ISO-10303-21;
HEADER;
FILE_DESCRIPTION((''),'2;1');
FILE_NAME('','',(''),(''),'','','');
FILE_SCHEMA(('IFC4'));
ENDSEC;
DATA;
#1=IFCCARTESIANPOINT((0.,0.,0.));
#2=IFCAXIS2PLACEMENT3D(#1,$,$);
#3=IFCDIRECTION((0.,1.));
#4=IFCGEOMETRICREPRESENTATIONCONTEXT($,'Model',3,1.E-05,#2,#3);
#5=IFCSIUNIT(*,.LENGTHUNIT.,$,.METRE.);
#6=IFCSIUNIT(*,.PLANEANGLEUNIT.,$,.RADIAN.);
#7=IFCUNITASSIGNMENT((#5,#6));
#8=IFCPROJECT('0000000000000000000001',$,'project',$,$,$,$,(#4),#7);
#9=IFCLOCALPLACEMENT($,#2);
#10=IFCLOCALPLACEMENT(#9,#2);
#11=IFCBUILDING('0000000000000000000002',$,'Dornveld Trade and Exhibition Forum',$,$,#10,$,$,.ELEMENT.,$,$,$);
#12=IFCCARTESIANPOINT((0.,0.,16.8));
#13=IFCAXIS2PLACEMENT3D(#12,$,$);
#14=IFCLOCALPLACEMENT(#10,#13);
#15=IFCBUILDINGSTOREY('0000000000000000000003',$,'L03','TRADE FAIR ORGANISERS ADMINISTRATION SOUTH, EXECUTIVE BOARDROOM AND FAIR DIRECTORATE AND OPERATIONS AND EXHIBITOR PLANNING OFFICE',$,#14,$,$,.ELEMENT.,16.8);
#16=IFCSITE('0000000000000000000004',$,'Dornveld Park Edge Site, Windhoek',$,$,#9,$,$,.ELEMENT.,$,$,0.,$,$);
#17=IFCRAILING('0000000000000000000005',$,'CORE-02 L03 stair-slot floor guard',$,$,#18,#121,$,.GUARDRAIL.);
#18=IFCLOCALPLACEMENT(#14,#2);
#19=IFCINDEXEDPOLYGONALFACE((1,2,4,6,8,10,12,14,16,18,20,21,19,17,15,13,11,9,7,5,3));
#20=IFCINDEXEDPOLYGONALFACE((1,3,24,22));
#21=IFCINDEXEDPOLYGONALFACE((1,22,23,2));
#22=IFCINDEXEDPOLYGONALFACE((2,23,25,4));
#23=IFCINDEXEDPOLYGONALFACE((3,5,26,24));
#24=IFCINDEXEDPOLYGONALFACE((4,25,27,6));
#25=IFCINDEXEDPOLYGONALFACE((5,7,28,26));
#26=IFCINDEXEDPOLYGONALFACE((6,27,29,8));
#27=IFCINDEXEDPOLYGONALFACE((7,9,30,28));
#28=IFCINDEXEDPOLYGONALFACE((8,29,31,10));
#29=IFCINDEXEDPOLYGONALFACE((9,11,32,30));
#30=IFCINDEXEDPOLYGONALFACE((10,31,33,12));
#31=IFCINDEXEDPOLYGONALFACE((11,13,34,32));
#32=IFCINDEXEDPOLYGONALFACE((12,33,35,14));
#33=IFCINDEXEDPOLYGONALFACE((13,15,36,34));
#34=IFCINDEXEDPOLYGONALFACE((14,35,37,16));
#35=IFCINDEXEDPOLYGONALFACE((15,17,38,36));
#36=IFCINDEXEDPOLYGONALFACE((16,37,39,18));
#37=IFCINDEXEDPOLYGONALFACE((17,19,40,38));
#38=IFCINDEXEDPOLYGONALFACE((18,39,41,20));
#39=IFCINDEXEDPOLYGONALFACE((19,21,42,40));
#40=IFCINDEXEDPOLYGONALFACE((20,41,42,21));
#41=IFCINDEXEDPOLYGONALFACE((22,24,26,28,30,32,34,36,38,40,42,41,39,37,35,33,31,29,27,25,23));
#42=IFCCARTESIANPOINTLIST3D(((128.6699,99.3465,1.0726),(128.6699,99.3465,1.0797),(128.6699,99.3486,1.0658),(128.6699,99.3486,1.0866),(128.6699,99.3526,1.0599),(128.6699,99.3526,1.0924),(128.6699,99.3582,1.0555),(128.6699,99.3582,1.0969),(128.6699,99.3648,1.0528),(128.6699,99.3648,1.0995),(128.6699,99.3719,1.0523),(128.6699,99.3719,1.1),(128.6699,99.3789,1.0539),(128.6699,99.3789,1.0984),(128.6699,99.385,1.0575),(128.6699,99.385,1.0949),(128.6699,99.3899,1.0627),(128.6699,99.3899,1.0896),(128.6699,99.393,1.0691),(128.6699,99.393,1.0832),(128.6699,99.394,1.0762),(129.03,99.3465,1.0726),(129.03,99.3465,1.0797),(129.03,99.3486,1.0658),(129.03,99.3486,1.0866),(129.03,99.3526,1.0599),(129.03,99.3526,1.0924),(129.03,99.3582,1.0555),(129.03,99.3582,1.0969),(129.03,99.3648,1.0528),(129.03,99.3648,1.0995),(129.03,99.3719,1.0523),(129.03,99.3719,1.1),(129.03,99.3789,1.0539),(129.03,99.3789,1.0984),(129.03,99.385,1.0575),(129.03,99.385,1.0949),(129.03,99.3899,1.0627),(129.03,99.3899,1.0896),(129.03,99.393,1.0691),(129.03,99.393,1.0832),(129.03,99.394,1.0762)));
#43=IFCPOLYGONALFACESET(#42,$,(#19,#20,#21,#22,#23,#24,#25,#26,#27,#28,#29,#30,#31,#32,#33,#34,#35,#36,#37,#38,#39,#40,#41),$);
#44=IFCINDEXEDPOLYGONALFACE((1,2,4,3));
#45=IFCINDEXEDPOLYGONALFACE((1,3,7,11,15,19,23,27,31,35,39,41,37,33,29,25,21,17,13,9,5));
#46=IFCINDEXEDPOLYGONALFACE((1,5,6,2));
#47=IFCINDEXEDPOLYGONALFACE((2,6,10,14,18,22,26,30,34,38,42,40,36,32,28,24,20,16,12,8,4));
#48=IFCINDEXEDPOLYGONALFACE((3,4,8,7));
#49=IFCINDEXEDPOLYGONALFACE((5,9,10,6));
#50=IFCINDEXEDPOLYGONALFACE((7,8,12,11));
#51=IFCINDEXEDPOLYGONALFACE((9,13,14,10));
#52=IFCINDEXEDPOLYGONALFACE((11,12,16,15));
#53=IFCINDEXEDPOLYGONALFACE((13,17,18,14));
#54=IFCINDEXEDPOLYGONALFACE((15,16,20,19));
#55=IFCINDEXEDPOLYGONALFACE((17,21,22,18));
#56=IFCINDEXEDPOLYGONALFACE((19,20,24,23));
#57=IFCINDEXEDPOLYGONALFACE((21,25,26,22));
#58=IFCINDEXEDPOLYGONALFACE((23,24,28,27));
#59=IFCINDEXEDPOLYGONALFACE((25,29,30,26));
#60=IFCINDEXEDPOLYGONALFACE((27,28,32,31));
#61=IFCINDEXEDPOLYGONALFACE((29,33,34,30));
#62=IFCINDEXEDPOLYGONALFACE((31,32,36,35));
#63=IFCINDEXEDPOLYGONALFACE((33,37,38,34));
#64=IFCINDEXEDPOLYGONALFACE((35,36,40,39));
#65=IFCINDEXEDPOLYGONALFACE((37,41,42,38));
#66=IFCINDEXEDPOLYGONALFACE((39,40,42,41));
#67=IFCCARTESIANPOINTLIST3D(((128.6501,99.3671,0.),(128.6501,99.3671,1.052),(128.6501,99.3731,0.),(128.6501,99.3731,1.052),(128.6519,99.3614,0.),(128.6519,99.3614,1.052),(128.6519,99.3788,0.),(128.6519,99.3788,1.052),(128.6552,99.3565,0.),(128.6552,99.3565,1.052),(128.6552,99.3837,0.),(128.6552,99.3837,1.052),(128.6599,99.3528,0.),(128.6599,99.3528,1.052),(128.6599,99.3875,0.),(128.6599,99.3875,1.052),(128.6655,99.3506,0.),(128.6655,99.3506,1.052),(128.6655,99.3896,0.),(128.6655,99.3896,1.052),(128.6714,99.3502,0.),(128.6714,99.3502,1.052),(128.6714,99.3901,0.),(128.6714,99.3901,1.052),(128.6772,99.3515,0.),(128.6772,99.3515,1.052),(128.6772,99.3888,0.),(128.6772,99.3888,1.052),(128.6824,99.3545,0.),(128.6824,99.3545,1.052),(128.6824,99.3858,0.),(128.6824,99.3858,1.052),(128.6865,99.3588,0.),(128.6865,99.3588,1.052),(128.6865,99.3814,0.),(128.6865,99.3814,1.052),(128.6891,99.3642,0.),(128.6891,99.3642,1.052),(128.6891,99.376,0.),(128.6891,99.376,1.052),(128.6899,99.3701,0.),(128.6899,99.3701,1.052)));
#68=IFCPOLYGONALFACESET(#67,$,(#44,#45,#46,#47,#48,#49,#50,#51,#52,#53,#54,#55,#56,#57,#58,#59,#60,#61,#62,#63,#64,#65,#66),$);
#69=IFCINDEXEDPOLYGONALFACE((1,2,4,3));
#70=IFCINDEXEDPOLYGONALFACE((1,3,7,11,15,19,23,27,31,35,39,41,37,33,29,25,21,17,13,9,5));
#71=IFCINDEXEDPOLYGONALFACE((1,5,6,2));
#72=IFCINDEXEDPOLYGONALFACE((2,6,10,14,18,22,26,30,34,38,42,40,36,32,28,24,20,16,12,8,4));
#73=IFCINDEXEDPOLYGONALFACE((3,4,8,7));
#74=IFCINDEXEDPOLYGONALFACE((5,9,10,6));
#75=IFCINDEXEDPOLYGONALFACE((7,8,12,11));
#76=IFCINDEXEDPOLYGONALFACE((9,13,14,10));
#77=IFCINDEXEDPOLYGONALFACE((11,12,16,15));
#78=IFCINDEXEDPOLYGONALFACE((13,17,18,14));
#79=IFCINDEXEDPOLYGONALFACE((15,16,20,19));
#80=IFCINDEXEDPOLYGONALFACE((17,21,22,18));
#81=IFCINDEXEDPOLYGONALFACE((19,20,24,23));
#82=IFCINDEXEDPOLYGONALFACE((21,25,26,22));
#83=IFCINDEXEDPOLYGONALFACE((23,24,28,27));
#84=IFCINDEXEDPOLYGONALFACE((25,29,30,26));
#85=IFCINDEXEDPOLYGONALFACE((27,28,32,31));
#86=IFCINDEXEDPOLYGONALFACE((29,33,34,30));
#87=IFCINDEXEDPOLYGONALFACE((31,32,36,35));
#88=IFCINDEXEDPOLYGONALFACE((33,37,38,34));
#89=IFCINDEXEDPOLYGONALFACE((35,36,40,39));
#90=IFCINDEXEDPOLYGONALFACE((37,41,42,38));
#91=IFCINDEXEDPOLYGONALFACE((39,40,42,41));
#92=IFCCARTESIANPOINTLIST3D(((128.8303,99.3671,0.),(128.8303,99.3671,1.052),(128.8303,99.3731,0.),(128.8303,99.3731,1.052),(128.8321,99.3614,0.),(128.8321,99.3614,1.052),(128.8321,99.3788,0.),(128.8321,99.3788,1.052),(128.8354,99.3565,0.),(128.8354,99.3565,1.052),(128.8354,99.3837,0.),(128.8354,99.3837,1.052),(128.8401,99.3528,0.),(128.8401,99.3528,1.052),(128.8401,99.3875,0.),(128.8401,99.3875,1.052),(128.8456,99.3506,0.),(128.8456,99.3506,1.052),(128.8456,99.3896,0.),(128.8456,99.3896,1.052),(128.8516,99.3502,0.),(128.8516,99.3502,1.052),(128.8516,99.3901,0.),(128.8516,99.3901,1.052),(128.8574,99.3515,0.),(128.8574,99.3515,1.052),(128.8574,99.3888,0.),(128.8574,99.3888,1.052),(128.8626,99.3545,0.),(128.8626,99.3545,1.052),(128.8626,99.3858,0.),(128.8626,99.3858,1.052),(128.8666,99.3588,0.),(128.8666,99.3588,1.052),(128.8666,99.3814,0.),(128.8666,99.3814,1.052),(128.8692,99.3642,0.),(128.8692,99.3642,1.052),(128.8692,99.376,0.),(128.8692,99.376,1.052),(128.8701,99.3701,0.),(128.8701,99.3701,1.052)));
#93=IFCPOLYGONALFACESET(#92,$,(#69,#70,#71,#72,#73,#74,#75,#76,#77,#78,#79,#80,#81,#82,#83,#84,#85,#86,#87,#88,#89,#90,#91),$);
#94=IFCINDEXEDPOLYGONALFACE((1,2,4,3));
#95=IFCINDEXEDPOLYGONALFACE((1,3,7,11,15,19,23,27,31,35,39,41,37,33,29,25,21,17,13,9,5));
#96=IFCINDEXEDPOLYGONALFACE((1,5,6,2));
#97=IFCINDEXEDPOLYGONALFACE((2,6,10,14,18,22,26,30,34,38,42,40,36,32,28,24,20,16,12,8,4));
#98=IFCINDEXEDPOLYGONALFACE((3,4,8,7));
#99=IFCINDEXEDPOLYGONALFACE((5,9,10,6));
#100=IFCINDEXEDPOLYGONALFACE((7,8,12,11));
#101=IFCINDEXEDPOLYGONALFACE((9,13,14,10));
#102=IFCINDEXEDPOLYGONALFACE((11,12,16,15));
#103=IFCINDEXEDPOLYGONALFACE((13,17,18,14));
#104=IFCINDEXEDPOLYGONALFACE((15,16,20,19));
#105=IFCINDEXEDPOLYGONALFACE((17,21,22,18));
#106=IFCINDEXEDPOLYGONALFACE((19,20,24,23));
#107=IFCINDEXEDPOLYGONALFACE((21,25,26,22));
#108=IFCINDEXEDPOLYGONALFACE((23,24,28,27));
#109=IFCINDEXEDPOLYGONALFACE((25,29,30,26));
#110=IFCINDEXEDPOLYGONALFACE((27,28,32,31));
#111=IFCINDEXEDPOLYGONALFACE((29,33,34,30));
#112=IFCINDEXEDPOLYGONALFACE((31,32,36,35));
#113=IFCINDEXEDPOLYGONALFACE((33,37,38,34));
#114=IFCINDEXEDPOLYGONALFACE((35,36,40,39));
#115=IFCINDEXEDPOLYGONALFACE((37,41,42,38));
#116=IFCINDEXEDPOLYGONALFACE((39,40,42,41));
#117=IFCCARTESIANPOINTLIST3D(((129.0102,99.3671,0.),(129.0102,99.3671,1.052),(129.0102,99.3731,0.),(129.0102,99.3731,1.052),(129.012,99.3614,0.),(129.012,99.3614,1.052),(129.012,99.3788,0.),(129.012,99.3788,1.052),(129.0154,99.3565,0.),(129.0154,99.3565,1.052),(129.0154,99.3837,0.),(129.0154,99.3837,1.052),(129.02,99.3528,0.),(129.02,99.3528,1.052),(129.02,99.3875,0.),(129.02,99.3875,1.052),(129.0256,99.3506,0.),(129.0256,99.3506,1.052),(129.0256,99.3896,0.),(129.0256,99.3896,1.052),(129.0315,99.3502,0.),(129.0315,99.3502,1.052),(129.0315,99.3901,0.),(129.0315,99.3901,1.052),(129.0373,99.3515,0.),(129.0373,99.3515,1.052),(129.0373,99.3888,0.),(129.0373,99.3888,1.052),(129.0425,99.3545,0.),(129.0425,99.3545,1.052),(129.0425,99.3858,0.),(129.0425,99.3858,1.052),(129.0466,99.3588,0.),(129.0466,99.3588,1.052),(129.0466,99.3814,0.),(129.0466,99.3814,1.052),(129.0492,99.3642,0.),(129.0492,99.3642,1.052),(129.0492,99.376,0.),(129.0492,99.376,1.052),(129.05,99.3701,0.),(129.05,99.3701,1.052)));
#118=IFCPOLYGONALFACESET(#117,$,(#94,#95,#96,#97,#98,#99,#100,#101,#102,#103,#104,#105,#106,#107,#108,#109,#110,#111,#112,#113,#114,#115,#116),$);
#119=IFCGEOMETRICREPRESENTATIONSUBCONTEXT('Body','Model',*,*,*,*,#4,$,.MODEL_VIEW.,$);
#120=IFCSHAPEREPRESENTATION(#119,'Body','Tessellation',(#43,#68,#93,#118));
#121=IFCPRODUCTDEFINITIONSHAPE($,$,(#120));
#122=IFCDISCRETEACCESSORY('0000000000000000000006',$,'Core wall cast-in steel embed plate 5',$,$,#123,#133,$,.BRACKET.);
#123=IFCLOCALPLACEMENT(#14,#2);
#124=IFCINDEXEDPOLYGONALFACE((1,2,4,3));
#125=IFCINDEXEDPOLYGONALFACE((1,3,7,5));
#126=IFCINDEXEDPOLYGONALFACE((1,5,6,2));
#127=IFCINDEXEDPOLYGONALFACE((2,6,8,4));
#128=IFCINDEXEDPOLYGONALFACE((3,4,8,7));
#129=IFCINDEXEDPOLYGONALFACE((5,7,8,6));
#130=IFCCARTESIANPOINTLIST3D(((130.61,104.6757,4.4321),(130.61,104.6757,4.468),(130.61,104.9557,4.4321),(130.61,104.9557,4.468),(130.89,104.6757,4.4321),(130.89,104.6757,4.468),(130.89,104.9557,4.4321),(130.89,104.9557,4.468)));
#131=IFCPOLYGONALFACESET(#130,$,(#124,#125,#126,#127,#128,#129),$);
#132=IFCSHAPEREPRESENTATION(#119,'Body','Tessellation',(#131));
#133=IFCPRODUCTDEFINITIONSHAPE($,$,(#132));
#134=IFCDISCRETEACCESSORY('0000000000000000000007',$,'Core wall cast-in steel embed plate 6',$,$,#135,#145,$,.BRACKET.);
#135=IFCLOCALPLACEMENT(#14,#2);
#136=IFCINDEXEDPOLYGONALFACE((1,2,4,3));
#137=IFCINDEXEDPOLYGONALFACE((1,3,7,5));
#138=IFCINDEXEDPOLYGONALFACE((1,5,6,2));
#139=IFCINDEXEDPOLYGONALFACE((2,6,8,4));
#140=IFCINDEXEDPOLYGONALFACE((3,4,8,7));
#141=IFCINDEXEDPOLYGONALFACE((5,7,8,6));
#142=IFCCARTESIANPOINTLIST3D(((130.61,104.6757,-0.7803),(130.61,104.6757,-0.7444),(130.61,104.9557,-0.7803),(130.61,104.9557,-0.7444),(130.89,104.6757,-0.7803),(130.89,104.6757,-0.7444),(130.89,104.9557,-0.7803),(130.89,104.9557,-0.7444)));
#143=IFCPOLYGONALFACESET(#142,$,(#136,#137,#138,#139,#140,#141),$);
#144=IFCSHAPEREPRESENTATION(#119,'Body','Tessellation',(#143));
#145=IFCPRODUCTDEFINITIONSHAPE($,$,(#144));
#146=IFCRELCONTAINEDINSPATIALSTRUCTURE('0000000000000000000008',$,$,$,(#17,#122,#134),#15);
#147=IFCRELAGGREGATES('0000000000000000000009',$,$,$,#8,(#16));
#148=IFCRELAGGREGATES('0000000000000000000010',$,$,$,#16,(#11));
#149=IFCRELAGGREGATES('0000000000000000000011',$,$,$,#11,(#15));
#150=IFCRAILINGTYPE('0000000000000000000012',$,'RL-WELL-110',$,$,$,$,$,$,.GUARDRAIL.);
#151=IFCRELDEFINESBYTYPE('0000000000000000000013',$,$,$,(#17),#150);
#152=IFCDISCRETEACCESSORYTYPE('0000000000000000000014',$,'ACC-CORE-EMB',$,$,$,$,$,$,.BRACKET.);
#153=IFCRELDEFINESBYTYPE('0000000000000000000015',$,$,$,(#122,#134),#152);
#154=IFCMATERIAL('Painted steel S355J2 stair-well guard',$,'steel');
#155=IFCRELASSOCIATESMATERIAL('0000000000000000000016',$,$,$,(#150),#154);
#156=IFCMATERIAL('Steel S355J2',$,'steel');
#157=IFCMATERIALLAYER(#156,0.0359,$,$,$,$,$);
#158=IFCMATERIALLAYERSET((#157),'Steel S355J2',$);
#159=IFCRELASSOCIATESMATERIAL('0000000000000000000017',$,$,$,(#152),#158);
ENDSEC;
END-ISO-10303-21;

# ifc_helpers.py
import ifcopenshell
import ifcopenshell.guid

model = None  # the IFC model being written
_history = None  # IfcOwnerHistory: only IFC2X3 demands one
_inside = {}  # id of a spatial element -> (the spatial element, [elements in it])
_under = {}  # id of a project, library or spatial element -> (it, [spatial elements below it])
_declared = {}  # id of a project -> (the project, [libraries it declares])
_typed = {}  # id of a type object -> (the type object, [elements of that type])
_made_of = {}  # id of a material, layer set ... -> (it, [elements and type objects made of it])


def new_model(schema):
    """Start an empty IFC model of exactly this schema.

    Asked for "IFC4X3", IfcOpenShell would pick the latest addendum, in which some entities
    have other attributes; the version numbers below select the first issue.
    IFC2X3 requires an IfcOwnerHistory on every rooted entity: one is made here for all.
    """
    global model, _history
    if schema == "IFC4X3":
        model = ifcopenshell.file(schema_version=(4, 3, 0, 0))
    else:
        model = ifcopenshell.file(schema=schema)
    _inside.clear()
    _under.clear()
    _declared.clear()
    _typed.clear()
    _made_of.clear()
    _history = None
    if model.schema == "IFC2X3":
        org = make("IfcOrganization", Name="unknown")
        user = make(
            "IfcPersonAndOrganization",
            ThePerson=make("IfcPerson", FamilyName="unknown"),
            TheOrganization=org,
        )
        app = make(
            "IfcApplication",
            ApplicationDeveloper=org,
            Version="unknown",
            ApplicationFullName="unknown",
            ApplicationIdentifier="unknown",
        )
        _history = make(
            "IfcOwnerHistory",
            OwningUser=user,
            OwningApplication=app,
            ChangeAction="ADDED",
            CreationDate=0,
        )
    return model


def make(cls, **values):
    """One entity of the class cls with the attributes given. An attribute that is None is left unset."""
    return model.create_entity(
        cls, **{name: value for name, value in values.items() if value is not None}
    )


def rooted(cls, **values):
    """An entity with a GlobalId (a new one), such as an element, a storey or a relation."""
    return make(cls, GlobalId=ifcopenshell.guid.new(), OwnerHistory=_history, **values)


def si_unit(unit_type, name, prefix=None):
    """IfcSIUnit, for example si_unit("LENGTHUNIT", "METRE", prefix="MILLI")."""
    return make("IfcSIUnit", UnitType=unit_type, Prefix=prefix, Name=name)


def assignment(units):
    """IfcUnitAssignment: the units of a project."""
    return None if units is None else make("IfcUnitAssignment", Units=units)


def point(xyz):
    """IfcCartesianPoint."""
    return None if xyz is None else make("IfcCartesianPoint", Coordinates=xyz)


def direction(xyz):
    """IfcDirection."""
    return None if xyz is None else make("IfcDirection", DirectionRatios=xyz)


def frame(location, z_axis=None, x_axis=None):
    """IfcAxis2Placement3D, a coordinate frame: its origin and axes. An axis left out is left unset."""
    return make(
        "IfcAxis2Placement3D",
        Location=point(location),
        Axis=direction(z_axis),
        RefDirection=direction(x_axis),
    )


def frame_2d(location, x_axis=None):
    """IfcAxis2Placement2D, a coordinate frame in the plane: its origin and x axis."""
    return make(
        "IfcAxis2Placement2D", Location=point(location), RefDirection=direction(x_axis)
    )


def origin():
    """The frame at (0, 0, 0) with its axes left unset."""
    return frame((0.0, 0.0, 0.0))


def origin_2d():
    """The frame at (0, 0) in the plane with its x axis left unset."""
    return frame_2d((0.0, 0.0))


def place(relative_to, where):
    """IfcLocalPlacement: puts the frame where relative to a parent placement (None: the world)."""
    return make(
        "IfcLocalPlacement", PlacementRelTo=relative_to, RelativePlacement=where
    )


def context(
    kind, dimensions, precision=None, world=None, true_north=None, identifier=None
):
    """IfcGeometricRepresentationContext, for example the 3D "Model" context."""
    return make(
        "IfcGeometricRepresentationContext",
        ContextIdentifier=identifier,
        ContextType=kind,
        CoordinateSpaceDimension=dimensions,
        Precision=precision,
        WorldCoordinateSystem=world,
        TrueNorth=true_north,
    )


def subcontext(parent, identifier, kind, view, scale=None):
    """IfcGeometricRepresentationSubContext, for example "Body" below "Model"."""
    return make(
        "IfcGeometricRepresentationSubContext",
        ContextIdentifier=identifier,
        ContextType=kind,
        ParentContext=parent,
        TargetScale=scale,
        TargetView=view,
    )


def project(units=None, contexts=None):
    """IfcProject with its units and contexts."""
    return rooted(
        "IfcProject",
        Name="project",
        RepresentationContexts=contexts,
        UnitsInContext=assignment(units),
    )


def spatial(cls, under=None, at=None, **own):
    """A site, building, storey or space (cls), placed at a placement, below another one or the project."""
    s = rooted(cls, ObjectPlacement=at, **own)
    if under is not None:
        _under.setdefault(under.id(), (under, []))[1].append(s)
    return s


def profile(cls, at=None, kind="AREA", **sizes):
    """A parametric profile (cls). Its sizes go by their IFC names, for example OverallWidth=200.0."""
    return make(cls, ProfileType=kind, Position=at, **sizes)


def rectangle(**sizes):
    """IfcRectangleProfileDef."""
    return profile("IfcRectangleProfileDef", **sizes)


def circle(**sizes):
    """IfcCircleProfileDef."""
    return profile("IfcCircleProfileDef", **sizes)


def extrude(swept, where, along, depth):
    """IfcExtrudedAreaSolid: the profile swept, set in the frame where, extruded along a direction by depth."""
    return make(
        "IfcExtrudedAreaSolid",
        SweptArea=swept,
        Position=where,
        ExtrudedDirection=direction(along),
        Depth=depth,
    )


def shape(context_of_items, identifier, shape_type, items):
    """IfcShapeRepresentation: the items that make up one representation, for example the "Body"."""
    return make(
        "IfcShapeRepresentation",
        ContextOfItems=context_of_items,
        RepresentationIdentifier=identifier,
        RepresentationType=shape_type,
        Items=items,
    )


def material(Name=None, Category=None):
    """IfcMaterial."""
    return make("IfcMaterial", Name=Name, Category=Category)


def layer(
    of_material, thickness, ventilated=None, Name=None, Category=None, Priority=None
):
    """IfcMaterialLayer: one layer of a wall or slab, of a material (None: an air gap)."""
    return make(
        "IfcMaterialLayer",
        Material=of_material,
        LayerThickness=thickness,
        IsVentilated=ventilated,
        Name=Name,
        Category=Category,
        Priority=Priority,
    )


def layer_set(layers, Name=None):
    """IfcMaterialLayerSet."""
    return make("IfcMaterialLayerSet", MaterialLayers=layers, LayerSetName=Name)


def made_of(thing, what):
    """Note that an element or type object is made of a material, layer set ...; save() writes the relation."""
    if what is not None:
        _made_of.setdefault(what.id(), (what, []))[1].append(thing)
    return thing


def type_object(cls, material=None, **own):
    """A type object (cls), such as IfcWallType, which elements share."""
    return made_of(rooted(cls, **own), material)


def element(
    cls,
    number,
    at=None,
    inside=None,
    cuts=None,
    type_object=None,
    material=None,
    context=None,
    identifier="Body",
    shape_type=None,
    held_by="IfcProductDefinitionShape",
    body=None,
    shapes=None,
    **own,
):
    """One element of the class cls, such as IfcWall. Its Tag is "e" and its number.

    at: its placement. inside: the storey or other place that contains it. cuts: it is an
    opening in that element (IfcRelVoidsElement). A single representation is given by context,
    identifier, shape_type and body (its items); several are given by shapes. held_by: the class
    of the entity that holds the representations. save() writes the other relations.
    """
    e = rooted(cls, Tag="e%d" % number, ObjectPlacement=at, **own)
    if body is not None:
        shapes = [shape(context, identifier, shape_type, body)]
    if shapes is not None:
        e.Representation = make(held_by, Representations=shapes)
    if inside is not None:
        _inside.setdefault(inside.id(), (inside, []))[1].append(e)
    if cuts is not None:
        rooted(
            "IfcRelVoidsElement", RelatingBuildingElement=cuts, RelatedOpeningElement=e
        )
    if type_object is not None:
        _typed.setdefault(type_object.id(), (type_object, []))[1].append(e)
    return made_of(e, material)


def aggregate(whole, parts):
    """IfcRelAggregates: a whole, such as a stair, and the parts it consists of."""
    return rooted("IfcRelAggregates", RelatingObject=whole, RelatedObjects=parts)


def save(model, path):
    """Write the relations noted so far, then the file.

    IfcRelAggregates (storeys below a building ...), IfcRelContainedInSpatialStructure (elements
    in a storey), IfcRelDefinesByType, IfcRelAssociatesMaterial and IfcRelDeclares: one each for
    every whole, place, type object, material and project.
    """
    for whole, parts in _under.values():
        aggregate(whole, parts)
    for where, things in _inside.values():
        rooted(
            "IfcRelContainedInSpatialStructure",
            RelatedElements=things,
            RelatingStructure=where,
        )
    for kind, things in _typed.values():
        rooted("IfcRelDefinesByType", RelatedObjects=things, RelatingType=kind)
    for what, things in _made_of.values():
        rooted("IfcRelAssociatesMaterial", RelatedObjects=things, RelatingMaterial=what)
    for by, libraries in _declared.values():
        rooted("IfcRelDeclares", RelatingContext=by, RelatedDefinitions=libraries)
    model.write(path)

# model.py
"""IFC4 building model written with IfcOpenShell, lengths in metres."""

from ifc_helpers import new_model, si_unit, direction, frame, origin, origin_2d, place, context, subcontext, project, spatial, rectangle, circle, extrude, material, layer, layer_set, type_object, element, save


model = new_model("IFC4")

# Units and contexts
model_context = context("Model", 3, precision=1e-05, world=origin(), true_north=direction((0.0, 1.0)))
body_context = subcontext(model_context, "Body", "Model", "MODEL_VIEW")
ifc_project = project(units=[si_unit("LENGTHUNIT", "METRE"), si_unit("PLANEANGLEUNIT", "RADIAN")], contexts=[model_context])

# Site, building, storey
site_placement = place(None, origin())
site = spatial("IfcSite", under=ifc_project, at=site_placement, Name="Dornveld Park Edge Site, Windhoek", CompositionType="ELEMENT", RefElevation=0.0)
building_placement = place(site_placement, origin())
building = spatial("IfcBuilding", under=site, at=building_placement, Name="Dornveld Trade and Exhibition Forum", CompositionType="ELEMENT")
storey_placement = place(building_placement, frame((0.0, 0.0, 16.8)))
storey = spatial("IfcBuildingStorey", under=building, at=storey_placement, Name="L03", Description="TRADE FAIR ORGANISERS ADMINISTRATION SOUTH, EXECUTIVE BOARDROOM AND FAIR DIRECTORATE AND OPERATIONS AND EXHIBITOR PLANNING OFFICE", CompositionType="ELEMENT", Elevation=16.8)

# Railing
ifc_material_1 = material(Name="Painted steel S355J2 stair-well guard", Category="steel")
railing_type_1 = type_object("IfcRailingType", Name="RL-WELL-110", PredefinedType="GUARDRAIL", material=ifc_material_1)
railing_1_placement = place(storey_placement, frame((128.6699, 99.3701, 0.0)))
element("IfcRailing", 1, at=railing_1_placement, inside=storey, type_object=railing_type_1, Name="CORE-02 L03 stair-slot floor guard", PredefinedType="GUARDRAIL", context=body_context, shape_type="SweptSolid", body=[
    extrude(circle(Radius=0.0239, at=origin_2d()), frame((0.0, 0.0, 1.0762), z_axis=(1.0, 0.0, 0.0), x_axis=(0.0, 1.0, 0.0)), (0.0, 0.0, 1.0), 0.3601),
    extrude(circle(Radius=0.02, at=origin_2d()), origin(), (0.0, 0.0, 1.0), 1.052),
    extrude(circle(Radius=0.02, at=origin_2d()), frame((0.1802, 0.0, 0.0)), (0.0, 0.0, 1.0), 1.052),
    extrude(circle(Radius=0.02, at=origin_2d()), frame((0.3601, 0.0, 0.0)), (0.0, 0.0, 1.0), 1.052),
])

# Discrete accessories
ifc_material_2 = material(Name="Steel S355J2", Category="steel")
ifc_layer_1 = layer(ifc_material_2, 0.0359)
ifc_layer_set_1 = layer_set([ifc_layer_1], Name="Steel S355J2")
discrete_accessory_type = type_object("IfcDiscreteAccessoryType", Name="ACC-CORE-EMB", PredefinedType="BRACKET", material=ifc_layer_set_1)
for number, where, z_axis, x_axis, name in (
    (2, (130.75, 104.8157, 4.4321), (0.0, 0.0, 1.0), (1.0, 0.0, 0.0), "Core wall cast-in steel embed plate 5"),
    (3, (130.75, 104.8157, -0.7803), (0.0, 0.0, 1.0), (1.0, 0.0, 0.0), "Core wall cast-in steel embed plate 6"),
):
    element("IfcDiscreteAccessory", number, at=place(storey_placement, frame(where, z_axis=z_axis, x_axis=x_axis)), inside=storey, type_object=discrete_accessory_type, Name=name, PredefinedType="BRACKET", context=body_context, shape_type="SweptSolid", body=[
        extrude(rectangle(XDim=0.28, YDim=0.28, at=origin_2d()), origin(), (0.0, 0.0, 1.0), 0.0359),
    ])

save(model, "model.ifc")
